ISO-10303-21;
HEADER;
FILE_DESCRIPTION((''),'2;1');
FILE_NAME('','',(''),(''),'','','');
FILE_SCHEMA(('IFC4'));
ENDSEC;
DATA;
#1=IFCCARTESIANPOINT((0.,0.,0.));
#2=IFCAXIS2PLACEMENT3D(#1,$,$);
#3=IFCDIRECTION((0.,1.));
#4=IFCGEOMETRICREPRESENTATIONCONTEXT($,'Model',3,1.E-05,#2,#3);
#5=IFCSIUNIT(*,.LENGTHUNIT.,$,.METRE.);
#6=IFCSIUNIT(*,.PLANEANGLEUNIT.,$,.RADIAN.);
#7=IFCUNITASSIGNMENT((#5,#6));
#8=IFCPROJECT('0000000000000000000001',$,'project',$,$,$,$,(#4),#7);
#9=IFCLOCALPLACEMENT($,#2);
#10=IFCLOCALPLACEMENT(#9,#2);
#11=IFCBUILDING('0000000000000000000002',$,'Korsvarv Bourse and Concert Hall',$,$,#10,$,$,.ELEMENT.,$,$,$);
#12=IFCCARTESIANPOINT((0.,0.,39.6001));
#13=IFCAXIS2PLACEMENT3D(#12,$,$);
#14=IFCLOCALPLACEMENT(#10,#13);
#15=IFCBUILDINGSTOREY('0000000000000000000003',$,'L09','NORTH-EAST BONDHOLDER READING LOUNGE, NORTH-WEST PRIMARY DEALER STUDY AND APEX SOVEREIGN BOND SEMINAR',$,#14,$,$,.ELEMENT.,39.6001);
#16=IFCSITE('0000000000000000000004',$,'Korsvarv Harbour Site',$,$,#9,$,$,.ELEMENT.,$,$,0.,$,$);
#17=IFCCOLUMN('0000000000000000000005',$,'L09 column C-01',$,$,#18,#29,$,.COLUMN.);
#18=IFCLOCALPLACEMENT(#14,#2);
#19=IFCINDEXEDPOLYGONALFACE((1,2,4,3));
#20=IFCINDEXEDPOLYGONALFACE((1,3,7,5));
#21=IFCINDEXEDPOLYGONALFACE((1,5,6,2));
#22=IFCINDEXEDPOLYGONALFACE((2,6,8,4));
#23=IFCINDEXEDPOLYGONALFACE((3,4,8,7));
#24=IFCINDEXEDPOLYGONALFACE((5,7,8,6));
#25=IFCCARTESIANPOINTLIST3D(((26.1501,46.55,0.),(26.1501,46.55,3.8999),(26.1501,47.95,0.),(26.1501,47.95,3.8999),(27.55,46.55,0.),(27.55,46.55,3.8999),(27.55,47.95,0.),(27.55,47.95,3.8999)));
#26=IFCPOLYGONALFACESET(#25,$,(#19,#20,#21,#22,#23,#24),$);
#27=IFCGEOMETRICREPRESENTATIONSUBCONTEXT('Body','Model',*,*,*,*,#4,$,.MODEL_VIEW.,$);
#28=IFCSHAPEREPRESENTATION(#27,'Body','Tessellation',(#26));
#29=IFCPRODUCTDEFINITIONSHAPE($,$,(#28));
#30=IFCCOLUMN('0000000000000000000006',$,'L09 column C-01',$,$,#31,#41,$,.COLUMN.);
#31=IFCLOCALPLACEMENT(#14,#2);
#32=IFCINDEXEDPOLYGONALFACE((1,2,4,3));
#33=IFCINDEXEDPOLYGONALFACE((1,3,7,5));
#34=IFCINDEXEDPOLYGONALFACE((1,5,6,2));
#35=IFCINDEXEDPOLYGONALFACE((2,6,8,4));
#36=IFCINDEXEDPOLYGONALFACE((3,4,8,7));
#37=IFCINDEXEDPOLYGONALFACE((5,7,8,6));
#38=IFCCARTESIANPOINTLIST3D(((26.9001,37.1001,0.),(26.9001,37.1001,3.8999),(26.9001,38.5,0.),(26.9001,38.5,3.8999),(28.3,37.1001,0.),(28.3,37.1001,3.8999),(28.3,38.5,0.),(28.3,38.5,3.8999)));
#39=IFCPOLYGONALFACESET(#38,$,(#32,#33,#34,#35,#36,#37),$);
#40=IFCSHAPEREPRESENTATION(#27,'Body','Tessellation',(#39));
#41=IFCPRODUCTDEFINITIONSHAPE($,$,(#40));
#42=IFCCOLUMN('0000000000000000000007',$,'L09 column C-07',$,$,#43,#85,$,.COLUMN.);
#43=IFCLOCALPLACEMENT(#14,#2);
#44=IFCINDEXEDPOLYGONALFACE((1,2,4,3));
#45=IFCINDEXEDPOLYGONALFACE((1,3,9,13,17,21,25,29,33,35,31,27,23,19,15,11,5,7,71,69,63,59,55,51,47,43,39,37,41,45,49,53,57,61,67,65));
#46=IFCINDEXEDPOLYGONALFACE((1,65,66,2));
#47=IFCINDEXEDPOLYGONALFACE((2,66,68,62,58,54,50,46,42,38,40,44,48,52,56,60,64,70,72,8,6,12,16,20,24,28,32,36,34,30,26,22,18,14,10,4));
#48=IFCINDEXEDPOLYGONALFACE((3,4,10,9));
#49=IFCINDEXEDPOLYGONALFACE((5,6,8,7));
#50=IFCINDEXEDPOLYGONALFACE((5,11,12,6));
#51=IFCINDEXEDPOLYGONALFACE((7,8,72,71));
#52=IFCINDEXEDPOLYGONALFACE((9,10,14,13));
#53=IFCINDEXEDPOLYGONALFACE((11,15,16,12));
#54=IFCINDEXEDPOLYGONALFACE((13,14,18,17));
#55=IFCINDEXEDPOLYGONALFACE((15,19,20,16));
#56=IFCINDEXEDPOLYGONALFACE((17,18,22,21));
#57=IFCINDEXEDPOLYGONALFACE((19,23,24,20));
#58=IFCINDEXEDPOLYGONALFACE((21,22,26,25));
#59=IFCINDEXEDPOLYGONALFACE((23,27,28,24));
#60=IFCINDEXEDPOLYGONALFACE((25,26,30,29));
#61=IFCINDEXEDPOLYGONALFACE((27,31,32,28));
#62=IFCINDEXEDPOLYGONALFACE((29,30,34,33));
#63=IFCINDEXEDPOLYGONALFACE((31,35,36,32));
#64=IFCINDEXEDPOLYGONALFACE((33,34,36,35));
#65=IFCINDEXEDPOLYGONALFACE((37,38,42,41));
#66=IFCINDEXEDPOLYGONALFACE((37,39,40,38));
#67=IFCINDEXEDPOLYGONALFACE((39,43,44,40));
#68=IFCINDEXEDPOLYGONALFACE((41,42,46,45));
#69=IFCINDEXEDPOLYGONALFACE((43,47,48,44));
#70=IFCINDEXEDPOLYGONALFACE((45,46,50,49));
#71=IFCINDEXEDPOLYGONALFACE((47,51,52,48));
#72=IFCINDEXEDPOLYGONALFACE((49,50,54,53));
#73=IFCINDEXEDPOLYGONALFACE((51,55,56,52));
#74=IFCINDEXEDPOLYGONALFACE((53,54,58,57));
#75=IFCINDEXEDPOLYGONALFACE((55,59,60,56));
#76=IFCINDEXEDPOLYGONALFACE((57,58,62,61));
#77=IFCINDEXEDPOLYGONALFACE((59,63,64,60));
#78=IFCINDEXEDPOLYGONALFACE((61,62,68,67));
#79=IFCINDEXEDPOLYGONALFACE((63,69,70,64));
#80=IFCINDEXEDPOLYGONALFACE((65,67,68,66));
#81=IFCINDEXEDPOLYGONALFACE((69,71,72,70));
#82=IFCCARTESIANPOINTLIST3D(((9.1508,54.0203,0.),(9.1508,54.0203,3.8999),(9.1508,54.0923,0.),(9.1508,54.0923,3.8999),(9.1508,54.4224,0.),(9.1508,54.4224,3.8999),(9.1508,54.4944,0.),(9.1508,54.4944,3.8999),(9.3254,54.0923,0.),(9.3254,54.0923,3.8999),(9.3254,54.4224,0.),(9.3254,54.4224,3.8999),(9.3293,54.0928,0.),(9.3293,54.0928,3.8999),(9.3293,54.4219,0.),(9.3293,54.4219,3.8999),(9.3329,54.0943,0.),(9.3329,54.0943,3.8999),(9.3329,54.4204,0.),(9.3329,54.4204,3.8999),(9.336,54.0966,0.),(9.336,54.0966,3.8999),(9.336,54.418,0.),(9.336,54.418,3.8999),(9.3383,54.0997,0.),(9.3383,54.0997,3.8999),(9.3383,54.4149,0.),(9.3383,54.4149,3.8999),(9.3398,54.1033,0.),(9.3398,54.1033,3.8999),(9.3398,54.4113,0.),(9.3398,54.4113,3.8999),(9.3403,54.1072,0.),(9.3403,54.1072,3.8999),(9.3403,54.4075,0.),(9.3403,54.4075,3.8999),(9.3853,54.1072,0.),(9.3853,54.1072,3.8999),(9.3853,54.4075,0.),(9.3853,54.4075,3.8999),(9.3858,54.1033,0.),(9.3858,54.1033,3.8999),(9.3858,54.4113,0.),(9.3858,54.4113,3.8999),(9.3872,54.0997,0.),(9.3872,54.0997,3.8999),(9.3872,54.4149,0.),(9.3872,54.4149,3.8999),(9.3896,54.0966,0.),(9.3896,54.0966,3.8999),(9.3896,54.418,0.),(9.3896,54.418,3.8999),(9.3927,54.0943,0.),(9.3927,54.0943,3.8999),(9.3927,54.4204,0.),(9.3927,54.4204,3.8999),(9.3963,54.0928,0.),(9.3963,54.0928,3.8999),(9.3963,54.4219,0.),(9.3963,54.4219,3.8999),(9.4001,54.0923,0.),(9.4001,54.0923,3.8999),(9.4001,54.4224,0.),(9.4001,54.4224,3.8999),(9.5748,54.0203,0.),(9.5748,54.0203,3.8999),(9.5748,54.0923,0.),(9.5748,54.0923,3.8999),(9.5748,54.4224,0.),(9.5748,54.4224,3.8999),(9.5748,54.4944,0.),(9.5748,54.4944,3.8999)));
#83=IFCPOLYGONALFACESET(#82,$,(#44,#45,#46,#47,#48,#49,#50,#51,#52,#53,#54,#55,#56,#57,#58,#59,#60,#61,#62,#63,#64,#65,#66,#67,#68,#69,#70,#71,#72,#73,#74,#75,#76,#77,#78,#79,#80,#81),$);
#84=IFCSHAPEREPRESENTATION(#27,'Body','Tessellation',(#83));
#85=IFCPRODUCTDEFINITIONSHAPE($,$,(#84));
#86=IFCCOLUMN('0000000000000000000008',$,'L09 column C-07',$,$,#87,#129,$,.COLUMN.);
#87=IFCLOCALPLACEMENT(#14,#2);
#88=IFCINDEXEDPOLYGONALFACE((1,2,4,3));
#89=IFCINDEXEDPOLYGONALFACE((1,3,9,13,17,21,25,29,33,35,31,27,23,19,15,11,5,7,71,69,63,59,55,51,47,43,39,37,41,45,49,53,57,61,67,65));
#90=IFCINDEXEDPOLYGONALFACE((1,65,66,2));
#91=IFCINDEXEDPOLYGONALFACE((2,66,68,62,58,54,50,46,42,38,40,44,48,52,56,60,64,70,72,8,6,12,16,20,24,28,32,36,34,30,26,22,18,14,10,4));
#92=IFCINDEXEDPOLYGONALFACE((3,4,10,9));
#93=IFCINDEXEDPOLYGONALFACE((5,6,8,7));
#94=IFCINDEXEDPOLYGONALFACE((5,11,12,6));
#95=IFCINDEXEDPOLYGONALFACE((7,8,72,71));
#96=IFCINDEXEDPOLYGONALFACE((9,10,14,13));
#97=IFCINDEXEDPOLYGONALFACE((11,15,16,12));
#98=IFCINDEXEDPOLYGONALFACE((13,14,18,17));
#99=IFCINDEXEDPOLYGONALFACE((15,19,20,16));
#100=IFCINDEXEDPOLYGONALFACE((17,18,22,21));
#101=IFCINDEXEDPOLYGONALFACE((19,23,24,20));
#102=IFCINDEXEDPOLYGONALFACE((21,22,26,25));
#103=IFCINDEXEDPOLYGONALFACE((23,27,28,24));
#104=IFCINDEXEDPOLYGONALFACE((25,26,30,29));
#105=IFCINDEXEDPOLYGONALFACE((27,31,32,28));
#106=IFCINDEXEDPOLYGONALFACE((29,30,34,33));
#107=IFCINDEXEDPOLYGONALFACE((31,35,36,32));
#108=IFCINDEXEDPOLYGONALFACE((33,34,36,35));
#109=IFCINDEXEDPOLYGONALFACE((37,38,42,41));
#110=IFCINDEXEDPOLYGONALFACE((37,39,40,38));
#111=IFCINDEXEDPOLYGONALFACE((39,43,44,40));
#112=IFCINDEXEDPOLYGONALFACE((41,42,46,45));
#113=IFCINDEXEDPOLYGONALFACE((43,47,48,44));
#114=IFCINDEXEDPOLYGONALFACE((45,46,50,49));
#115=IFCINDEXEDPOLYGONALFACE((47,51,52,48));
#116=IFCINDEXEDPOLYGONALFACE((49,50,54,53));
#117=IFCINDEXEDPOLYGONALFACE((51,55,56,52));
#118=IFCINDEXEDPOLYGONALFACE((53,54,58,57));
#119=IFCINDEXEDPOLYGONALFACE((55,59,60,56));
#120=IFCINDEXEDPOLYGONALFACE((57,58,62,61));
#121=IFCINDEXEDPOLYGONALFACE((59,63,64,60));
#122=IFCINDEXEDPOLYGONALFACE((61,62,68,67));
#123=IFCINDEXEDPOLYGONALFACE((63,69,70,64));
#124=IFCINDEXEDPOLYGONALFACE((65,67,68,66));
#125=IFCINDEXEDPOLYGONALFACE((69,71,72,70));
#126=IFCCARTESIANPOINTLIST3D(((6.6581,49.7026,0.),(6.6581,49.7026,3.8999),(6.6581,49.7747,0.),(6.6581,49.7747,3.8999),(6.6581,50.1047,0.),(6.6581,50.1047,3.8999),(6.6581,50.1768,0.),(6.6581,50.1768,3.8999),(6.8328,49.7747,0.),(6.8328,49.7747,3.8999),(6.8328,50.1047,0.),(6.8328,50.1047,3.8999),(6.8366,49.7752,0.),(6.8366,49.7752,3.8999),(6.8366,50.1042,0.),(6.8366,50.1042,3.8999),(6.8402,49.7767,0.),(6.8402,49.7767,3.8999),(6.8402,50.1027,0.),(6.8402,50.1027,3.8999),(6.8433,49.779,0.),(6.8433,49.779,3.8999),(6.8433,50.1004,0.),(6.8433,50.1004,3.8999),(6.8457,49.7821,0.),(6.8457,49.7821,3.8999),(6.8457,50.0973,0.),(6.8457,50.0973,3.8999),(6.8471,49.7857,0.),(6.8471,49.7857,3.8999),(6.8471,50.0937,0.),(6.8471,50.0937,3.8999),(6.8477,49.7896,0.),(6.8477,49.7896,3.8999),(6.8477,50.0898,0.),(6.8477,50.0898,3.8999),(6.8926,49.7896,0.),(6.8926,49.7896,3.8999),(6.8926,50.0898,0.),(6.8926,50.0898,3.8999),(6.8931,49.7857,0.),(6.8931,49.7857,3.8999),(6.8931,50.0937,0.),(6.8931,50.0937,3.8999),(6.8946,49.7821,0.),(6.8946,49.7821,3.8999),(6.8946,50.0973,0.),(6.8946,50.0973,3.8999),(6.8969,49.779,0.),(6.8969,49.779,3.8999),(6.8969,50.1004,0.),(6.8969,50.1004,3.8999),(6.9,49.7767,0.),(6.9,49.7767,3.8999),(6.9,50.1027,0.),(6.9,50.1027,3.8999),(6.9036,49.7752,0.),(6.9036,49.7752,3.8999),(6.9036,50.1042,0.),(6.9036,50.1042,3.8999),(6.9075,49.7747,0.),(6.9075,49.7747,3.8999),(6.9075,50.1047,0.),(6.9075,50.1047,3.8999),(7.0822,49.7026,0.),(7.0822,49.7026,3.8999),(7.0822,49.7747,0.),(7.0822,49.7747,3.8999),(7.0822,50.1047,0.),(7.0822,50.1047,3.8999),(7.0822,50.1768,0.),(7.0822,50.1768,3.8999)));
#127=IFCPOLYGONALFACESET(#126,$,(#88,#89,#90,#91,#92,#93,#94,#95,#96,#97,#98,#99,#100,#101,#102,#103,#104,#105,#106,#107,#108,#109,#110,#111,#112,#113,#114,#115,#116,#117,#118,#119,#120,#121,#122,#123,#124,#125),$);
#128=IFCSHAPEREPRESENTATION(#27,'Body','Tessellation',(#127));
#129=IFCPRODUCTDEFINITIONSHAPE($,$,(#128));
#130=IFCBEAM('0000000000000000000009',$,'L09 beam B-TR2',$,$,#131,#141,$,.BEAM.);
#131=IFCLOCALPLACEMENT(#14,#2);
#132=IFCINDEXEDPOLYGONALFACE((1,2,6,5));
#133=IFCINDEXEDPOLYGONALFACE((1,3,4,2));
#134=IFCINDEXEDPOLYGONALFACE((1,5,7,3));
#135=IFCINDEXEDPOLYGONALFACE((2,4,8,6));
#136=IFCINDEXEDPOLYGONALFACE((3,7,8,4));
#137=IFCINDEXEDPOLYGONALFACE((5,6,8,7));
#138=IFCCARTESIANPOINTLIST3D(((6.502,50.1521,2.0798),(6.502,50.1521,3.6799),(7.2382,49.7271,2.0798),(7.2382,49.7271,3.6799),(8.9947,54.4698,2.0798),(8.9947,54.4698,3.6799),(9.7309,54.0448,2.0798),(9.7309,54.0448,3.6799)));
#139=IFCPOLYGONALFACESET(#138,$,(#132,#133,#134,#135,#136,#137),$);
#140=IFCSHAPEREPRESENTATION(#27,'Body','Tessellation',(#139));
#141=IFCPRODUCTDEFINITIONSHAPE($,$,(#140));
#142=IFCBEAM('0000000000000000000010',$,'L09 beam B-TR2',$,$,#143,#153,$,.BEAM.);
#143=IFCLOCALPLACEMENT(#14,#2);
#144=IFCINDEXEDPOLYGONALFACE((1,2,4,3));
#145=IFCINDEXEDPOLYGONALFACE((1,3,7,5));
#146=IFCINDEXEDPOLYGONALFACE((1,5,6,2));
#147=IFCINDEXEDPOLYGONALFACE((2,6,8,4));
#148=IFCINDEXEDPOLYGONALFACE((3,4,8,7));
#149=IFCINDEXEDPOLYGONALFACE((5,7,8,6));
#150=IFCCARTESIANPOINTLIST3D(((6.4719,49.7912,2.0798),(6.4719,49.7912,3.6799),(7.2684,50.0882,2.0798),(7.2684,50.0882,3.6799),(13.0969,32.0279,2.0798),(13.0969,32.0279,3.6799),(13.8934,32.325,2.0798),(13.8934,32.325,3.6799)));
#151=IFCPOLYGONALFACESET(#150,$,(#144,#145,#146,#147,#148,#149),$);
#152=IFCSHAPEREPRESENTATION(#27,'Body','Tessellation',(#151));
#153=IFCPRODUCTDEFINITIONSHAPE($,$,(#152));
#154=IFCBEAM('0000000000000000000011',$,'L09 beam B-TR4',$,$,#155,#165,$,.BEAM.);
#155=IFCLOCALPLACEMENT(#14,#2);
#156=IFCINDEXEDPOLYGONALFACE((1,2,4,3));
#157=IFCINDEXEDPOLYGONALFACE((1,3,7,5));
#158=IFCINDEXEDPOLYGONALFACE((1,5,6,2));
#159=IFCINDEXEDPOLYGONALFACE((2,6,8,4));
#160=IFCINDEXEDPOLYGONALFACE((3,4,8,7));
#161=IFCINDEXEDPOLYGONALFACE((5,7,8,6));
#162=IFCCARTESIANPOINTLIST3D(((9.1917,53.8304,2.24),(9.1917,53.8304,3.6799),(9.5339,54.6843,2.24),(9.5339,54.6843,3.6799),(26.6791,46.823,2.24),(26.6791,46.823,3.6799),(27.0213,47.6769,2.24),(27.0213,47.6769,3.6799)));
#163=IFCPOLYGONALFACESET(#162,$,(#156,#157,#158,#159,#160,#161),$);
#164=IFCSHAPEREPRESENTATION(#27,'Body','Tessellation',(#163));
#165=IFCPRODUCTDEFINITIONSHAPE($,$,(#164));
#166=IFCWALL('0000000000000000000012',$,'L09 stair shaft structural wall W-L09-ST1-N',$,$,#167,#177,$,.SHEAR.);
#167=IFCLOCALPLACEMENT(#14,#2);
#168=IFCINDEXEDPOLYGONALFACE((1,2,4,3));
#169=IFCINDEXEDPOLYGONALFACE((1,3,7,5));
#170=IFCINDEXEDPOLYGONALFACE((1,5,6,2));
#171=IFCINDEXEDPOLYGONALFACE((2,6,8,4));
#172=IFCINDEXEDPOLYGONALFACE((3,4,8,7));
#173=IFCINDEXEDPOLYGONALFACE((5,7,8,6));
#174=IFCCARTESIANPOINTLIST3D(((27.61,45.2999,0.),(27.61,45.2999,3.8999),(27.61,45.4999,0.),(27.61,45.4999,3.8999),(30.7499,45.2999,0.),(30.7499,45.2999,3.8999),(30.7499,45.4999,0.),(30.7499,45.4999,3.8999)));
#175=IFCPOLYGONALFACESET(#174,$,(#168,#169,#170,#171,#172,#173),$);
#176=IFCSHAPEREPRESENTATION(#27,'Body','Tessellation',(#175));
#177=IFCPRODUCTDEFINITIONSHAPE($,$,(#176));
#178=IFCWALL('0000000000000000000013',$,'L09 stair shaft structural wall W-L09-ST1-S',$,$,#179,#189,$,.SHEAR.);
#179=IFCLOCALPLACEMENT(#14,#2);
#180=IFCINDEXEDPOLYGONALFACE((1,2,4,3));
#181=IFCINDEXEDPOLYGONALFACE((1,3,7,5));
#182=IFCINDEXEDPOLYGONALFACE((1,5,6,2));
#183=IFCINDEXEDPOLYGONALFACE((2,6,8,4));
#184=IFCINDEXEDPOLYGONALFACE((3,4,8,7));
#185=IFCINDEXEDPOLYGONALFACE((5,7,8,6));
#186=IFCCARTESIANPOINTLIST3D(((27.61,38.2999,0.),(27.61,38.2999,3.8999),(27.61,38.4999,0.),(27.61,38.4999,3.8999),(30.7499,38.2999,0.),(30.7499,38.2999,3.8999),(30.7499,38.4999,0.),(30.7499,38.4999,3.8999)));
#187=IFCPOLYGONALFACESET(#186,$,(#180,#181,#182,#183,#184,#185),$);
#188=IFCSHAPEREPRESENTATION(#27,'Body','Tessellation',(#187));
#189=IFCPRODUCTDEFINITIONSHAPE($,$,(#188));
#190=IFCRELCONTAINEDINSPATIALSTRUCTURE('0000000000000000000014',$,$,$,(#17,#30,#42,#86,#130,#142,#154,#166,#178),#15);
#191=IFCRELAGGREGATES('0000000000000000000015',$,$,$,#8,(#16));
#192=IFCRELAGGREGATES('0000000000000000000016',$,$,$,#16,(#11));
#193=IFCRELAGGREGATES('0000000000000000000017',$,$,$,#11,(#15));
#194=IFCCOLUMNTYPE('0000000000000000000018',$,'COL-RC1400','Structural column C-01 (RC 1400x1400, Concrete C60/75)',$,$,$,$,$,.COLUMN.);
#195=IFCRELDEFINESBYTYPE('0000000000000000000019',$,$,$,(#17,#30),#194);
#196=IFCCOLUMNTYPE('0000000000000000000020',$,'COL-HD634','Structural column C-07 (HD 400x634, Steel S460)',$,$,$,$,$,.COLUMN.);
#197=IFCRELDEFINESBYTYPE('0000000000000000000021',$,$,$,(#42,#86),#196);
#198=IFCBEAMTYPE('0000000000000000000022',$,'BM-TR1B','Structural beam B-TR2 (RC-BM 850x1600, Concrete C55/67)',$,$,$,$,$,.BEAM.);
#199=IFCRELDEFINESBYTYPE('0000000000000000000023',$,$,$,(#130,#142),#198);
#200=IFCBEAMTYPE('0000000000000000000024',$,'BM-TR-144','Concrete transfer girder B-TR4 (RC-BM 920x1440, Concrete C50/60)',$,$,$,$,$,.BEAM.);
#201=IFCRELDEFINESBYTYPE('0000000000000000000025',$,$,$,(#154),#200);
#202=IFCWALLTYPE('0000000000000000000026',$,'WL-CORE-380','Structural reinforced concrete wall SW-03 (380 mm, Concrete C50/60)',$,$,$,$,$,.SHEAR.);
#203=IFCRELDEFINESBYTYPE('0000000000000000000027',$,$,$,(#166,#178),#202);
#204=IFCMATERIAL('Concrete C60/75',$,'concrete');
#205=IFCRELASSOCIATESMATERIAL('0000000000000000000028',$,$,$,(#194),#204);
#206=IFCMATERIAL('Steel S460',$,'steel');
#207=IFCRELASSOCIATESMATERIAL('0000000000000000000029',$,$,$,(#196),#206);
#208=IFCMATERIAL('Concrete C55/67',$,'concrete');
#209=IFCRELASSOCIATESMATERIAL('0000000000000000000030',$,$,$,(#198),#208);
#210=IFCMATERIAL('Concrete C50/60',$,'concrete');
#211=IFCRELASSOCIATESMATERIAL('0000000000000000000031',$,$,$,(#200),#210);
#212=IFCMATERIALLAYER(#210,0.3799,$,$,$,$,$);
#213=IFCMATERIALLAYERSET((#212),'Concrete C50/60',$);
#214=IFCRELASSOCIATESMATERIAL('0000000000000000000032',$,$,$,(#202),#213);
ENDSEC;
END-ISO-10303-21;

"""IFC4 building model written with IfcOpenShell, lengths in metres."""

from ifc_helpers import new_model, si_unit, direction, frame, frame_2d, origin, origin_2d, place, context, subcontext, project, spatial, rectangle, i_section, extrude, source, transform, mapped, material, layer, layer_set, material_profile, profile_set, type_object, element, save


model = new_model("IFC4")

# Units and contexts
model_context = context("Model", 3, precision=1e-05, world=origin(), true_north=direction((0.0, 1.0)))
body_context = subcontext(model_context, "Body", "Model", "MODEL_VIEW")
ifc_project = project(units=[si_unit("LENGTHUNIT", "METRE"), si_unit("PLANEANGLEUNIT", "RADIAN")], contexts=[model_context])

# Site, building, storey
site_placement = place(None, origin())
site = spatial("IfcSite", under=ifc_project, at=site_placement, Name="Korsvarv Harbour Site", CompositionType="ELEMENT", RefElevation=0.0)
building_placement = place(site_placement, origin())
building = spatial("IfcBuilding", under=site, at=building_placement, Name="Korsvarv Bourse and Concert Hall", CompositionType="ELEMENT")
storey_placement = place(building_placement, frame((0.0, 0.0, 39.6001)))
storey = spatial("IfcBuildingStorey", under=building, at=storey_placement, Name="L09", Description="NORTH-EAST BONDHOLDER READING LOUNGE, NORTH-WEST PRIMARY DEALER STUDY AND APEX SOVEREIGN BOND SEMINAR", CompositionType="ELEMENT", Elevation=39.6001)

# Columns
ifc_material_1 = material(Name="Concrete C60/75", Category="concrete")
ifc_material_profile_1 = material_profile(ifc_material_1, rectangle(XDim=1.3999, YDim=1.3999, at=origin_2d()), Name="RC 1400x1400")
ifc_profile_set_1 = profile_set([ifc_material_profile_1], Name="Concrete C60/75")
column_type_1 = type_object("IfcColumnType", Name="COL-RC1400", Description="Structural column C-01 (RC 1400x1400, Concrete C60/75)", PredefinedType="COLUMN", material=ifc_profile_set_1)
shared_shape_1 = source(origin(), body_context, "Body", "SweptSolid", [
    extrude(rectangle(XDim=1.3999, YDim=1.3999, at=origin_2d()), origin(), (0.0, 0.0, 1.0), 3.8999),
])
for number, where, z_axis, x_axis, name in (
    (1, (26.8501, 47.25, 0.0), (0.0, 0.0, 1.0), (1.0, 0.0, 0.0), "L09 column C-01"),
    (2, (27.6001, 37.8, 0.0), (0.0, 0.0, 1.0), (1.0, 0.0, 0.0), "L09 column C-01"),
):
    element("IfcColumn", number, at=place(storey_placement, frame(where, z_axis=z_axis, x_axis=x_axis)), inside=storey, type_object=column_type_1, Name=name, PredefinedType="COLUMN", context=body_context, shape_type="MappedRepresentation", body=[
        mapped(shared_shape_1, transform((0.0, 0.0, 0.0), scale=1.0)),
    ])
ifc_material_2 = material(Name="Steel S460", Category="steel")
ifc_material_profile_2 = material_profile(ifc_material_2, i_section(OverallWidth=0.4241, OverallDepth=0.4741, WebThickness=0.0449, FlangeThickness=0.072, FilletRadius=0.0149, at=origin_2d()), Name="HD 400x634")
ifc_profile_set_2 = profile_set([ifc_material_profile_2], Name="Steel S460")
column_type_2 = type_object("IfcColumnType", Name="COL-HD634", Description="Structural column C-07 (HD 400x634, Steel S460)", PredefinedType="COLUMN", material=ifc_profile_set_2)
shared_shape_2 = source(origin(), body_context, "Body", "SweptSolid", [
    extrude(i_section(OverallWidth=0.4241, OverallDepth=0.4741, WebThickness=0.0449, FlangeThickness=0.072, FilletRadius=0.0149, at=origin_2d()), origin(), (0.0, 0.0, 1.0), 3.8999),
])
for number, where, z_axis, x_axis, name in (
    (3, (9.3628, 54.2573, 0.0), (0.0, 0.0, 1.0), (1.0, 0.0, 0.0), "L09 column C-07"),
    (4, (6.8701, 49.9397, 0.0), (0.0, 0.0, 1.0), (1.0, 0.0, 0.0), "L09 column C-07"),
):
    element("IfcColumn", number, at=place(storey_placement, frame(where, z_axis=z_axis, x_axis=x_axis)), inside=storey, type_object=column_type_2, Name=name, PredefinedType="COLUMN", context=body_context, shape_type="MappedRepresentation", body=[
        mapped(shared_shape_2, transform((0.0, 0.0, 0.0), scale=1.0)),
    ])

# Beams
ifc_material_3 = material(Name="Concrete C55/67", Category="concrete")
ifc_material_profile_3 = material_profile(ifc_material_3, rectangle(XDim=0.8501, YDim=1.6001, at=origin_2d()), Name="RC-BM 850x1600")
ifc_profile_set_3 = profile_set([ifc_material_profile_3], Name="Concrete C55/67")
beam_type_1 = type_object("IfcBeamType", Name="BM-TR1B", Description="Structural beam B-TR2 (RC-BM 850x1600, Concrete C55/67)", PredefinedType="BEAM", material=ifc_profile_set_3)
shared_shape_3 = source(origin(), body_context, "Body", "SweptSolid", [
    extrude(rectangle(XDim=0.8501, YDim=1.6001, at=origin_2d()), origin(), (0.0, 0.0, 1.0), 4.9856),
])
beam_1_placement = place(storey_placement, frame((9.3628, 54.2573, 2.8799), z_axis=(-0.499984, -0.866035, 0.0), x_axis=(0.866035, -0.499984, 0.0)))
element("IfcBeam", 5, at=beam_1_placement, inside=storey, type_object=beam_type_1, Name="L09 beam B-TR2", PredefinedType="BEAM", context=body_context, shape_type="MappedRepresentation", body=[
    mapped(shared_shape_3, transform((0.0, 0.0, 0.0), scale=1.0)),
])
shared_shape_4 = source(origin(), body_context, "Body", "SweptSolid", [
    extrude(rectangle(XDim=0.8501, YDim=1.6001, at=origin_2d()), origin(), (0.0, 0.0, 1.0), 18.9585),
])
beam_2_placement = place(storey_placement, frame((6.8701, 49.9397, 2.8799), z_axis=(0.349449, -0.936955, 0.0), x_axis=(0.936955, 0.349449, 0.0)))
element("IfcBeam", 6, at=beam_2_placement, inside=storey, type_object=beam_type_1, Name="L09 beam B-TR2", PredefinedType="BEAM", context=body_context, shape_type="MappedRepresentation", body=[
    mapped(shared_shape_4, transform((0.0, 0.0, 0.0), scale=1.0)),
])
ifc_material_4 = material(Name="Concrete C50/60", Category="concrete")
ifc_material_profile_4 = material_profile(ifc_material_4, rectangle(XDim=0.9199, YDim=1.4399, at=origin_2d()), Name="RC-BM 920x1440")
ifc_profile_set_4 = profile_set([ifc_material_profile_4], Name="Concrete C50/60")
beam_type_2 = type_object("IfcBeamType", Name="BM-TR-144", Description="Concrete transfer girder B-TR4 (RC-BM 920x1440, Concrete C50/60)", PredefinedType="BEAM", material=ifc_profile_set_4)
shared_shape_5 = source(origin(), body_context, "Body", "SweptSolid", [
    extrude(rectangle(XDim=0.9199, YDim=1.4399, at=origin_2d()), origin(), (0.0, 0.0, 1.0), 18.8391),
])
beam_3_placement = place(storey_placement, frame((9.3628, 54.2573, 2.96), z_axis=(0.92825, -0.371958, 0.0), x_axis=(0.371958, 0.92825, 0.0)))
element("IfcBeam", 7, at=beam_3_placement, inside=storey, type_object=beam_type_2, Name="L09 beam B-TR4", PredefinedType="BEAM", context=body_context, shape_type="MappedRepresentation", body=[
    mapped(shared_shape_5, transform((0.0, 0.0, 0.0), scale=1.0)),
])

# Walls
ifc_layer_1 = layer(ifc_material_4, 0.3799)
ifc_layer_set_1 = layer_set([ifc_layer_1], Name="Concrete C50/60")
wall_type_1 = type_object("IfcWallType", Name="WL-CORE-380", Description="Structural reinforced concrete wall SW-03 (380 mm, Concrete C50/60)", PredefinedType="SHEAR", material=ifc_layer_set_1)
for number, where, z_axis, x_axis, name in (
    (8, (27.6101, 45.3999, 0.0), (0.0, 0.0, 1.0), (1.0, 0.0, 0.0), "L09 stair shaft structural wall W-L09-ST1-N"),
    (9, (27.6101, 38.3999, 0.0), (0.0, 0.0, 1.0), (1.0, 0.0, 0.0), "L09 stair shaft structural wall W-L09-ST1-S"),
):
    element("IfcWall", number, at=place(storey_placement, frame(where, z_axis=z_axis, x_axis=x_axis)), inside=storey, type_object=wall_type_1, Name=name, PredefinedType="SHEAR", context=body_context, shape_type="SweptSolid", body=[
        extrude(rectangle(XDim=3.1399, YDim=0.2, at=frame_2d((1.5698, 0.0))), origin(), (0.0, 0.0, 1.0), 3.8999),
    ])

save(model, "model.ifc")
